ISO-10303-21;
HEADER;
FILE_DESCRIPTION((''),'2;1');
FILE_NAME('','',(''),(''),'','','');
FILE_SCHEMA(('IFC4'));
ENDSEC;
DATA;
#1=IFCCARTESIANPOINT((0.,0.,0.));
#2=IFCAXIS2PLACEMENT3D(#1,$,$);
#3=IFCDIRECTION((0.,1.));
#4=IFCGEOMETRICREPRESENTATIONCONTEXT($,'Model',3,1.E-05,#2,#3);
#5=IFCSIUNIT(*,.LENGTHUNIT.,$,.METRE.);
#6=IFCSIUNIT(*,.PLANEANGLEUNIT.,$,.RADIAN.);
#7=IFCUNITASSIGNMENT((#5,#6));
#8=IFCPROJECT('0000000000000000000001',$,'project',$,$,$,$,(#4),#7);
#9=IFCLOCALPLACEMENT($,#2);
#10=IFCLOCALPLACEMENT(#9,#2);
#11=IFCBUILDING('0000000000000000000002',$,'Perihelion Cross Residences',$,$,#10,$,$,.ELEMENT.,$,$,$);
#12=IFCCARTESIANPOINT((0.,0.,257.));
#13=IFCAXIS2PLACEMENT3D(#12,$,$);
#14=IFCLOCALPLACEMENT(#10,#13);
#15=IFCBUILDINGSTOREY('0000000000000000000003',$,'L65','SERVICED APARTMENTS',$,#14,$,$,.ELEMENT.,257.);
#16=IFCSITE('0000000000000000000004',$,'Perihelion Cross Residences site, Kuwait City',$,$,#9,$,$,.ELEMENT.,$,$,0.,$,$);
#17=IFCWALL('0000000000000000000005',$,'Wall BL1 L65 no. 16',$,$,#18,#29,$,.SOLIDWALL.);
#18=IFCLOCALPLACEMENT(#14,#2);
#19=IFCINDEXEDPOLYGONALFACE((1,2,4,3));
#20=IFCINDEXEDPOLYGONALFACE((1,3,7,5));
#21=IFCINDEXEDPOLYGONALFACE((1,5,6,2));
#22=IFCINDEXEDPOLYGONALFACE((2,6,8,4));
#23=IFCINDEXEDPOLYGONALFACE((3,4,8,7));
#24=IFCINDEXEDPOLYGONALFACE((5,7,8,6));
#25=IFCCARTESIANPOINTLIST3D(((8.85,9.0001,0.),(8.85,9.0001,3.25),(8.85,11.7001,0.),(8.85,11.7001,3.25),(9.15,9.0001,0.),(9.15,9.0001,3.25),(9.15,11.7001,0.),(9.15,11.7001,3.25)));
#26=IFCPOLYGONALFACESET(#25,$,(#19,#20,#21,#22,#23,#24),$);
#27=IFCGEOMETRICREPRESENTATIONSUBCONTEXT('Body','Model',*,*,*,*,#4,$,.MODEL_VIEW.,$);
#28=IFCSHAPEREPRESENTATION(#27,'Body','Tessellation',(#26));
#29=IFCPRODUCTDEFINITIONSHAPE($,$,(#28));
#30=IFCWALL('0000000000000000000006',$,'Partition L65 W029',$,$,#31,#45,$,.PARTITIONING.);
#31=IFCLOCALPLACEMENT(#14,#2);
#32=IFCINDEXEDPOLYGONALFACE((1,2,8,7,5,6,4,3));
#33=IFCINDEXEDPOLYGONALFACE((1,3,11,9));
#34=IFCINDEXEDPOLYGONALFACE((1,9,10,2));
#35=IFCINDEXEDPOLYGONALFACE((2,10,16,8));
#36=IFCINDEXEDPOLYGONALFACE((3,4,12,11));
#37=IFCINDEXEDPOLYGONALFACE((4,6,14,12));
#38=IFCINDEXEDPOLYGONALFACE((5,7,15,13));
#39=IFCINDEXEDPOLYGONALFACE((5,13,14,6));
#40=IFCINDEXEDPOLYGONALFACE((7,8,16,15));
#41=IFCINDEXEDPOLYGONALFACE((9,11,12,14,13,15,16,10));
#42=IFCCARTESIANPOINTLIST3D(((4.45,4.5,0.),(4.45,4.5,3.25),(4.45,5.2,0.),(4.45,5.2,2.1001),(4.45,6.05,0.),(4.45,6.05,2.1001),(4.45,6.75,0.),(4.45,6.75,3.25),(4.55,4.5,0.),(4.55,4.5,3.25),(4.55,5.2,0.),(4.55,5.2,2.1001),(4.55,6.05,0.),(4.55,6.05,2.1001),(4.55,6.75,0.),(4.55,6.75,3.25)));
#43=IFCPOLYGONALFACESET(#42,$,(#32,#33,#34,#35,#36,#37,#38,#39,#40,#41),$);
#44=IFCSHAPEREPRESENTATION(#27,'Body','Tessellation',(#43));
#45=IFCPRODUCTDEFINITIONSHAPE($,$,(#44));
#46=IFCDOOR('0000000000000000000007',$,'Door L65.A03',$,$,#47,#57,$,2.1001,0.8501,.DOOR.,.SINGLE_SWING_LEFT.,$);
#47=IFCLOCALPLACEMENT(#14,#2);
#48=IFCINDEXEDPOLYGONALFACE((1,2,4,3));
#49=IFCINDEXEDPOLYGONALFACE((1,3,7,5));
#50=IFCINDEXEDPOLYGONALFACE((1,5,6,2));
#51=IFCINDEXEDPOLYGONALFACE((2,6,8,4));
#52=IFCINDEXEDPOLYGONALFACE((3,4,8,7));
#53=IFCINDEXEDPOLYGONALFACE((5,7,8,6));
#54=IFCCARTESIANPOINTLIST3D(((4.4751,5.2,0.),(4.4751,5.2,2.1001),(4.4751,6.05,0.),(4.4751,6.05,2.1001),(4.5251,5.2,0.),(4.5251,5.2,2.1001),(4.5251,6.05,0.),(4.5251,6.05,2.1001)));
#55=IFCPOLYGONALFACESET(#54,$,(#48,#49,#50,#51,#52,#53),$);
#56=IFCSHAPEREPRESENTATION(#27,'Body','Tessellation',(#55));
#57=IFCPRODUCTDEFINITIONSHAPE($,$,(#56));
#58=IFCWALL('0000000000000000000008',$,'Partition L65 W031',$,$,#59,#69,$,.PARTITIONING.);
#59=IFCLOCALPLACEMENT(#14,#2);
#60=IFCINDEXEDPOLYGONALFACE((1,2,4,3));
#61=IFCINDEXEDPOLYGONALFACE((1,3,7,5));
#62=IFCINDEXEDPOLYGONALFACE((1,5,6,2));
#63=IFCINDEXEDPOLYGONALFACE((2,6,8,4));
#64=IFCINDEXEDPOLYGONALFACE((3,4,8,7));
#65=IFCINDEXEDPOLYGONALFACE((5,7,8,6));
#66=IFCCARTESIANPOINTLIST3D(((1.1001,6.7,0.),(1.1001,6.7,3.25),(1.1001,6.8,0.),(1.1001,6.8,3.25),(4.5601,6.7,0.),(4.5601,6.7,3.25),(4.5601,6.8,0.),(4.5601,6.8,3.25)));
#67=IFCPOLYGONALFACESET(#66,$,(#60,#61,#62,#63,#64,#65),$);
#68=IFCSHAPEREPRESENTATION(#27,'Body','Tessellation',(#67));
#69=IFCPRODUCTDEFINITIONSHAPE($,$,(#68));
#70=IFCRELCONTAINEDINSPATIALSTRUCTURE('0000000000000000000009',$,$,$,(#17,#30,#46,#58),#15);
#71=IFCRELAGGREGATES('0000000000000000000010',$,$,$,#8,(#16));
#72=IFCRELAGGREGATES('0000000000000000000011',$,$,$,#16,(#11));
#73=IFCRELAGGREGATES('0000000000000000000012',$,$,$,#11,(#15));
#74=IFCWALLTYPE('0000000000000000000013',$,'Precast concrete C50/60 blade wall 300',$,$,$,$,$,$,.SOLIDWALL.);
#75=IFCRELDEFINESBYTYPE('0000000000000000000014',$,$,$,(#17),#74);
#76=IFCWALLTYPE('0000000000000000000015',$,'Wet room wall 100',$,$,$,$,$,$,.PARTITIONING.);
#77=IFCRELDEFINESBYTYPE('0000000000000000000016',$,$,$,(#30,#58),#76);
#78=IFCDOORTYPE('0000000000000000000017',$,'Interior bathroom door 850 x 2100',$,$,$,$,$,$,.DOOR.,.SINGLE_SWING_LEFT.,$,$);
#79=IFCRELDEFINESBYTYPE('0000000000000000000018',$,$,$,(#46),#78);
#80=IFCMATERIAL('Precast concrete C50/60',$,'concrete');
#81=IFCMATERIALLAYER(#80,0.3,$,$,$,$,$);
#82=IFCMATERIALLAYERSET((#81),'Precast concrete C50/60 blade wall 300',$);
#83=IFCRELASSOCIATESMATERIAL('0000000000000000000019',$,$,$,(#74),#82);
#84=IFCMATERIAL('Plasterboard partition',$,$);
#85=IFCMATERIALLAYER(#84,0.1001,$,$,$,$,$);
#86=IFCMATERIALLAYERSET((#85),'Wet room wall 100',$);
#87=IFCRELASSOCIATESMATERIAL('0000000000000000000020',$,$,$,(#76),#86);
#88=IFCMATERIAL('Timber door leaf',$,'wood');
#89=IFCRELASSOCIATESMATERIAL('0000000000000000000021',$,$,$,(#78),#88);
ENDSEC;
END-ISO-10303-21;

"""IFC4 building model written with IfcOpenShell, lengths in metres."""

from ifc_helpers import new_model, si_unit, direction, frame, frame_2d, origin, place, context, subcontext, project, spatial, rectangle, extrude, material, layer, layer_set, type_object, element, fill, save


model = new_model("IFC4")

# Units and contexts
model_context = context("Model", 3, precision=1e-05, world=origin(), true_north=direction((0.0, 1.0)))
body_context = subcontext(model_context, "Body", "Model", "MODEL_VIEW")
ifc_project = project(units=[si_unit("LENGTHUNIT", "METRE"), si_unit("PLANEANGLEUNIT", "RADIAN")], contexts=[model_context])

# Site, building, storey
site_placement = place(None, origin())
site = spatial("IfcSite", under=ifc_project, at=site_placement, Name="Perihelion Cross Residences site, Kuwait City", CompositionType="ELEMENT", RefElevation=0.0)
building_placement = place(site_placement, origin())
building = spatial("IfcBuilding", under=site, at=building_placement, Name="Perihelion Cross Residences", CompositionType="ELEMENT")
storey_placement = place(building_placement, frame((0.0, 0.0, 257.0)))
storey = spatial("IfcBuildingStorey", under=building, at=storey_placement, Name="L65", Description="SERVICED APARTMENTS", CompositionType="ELEMENT", Elevation=257.0)

# Wall
ifc_material_1 = material(Name="Precast concrete C50/60", Category="concrete")
ifc_layer_1 = layer(ifc_material_1, 0.3)
ifc_layer_set_1 = layer_set([ifc_layer_1], Name="Precast concrete C50/60 blade wall 300")
wall_type_1 = type_object("IfcWallType", Name="Precast concrete C50/60 blade wall 300", PredefinedType="SOLIDWALL", material=ifc_layer_set_1)
for number, where, z_axis, x_axis, name in (
    (1, (9.0, 9.0, 0.0), (0.0, 0.0, 1.0), (0.0, 1.0, 0.0), "Wall BL1 L65 no. 16"),
):
    element("IfcWall", number, at=place(storey_placement, frame(where, z_axis=z_axis, x_axis=x_axis)), inside=storey, type_object=wall_type_1, Name=name, PredefinedType="SOLIDWALL", context=body_context, shape_type="SweptSolid", body=[
        extrude(rectangle(XDim=2.7, YDim=0.3, at=frame_2d((1.3501, 0.0))), origin(), (0.0, 0.0, 1.0), 3.25),
    ])

# Wall, opening, door
ifc_material_2 = material(Name="Plasterboard partition")
ifc_layer_2 = layer(ifc_material_2, 0.1001)
ifc_layer_set_2 = layer_set([ifc_layer_2], Name="Wet room wall 100")
wall_type_2 = type_object("IfcWallType", Name="Wet room wall 100", PredefinedType="PARTITIONING", material=ifc_layer_set_2)
wall_1_placement = place(storey_placement, frame((4.5, 4.5, 0.0), z_axis=(0.0, 0.0, 1.0), x_axis=(0.0, 1.0, 0.0)))
wall_1 = element("IfcWall", 2, at=wall_1_placement, inside=storey, type_object=wall_type_2, Name="Partition L65 W029", PredefinedType="PARTITIONING", context=body_context, shape_type="SweptSolid", body=[
    extrude(rectangle(XDim=2.25, YDim=0.1001, at=frame_2d((1.125, 0.0))), origin(), (0.0, 0.0, 1.0), 3.25),
])
opening_1_placement = place(wall_1_placement, frame((0.7, 0.0, 0.0)))
opening_1 = element("IfcOpeningElement", 3, at=opening_1_placement, cuts=wall_1, PredefinedType="OPENING", context=body_context, shape_type="SweptSolid", body=[
    extrude(rectangle(XDim=0.8501, YDim=2.1001, at=frame_2d((0.425, 1.05))), frame((0.0, 0.0601, 0.0), z_axis=(0.0, -1.0, 0.0), x_axis=(1.0, 0.0, 0.0)), (0.0, 0.0, 1.0), 0.1201),
])
ifc_material_3 = material(Name="Timber door leaf", Category="wood")
door_type_1 = type_object("IfcDoorType", Name="Interior bathroom door 850 x 2100", OperationType="SINGLE_SWING_LEFT", PredefinedType="DOOR", material=ifc_material_3)
door_1_placement = place(opening_1_placement, origin())
door_1 = element("IfcDoor", 4, at=door_1_placement, inside=storey, type_object=door_type_1, Name="Door L65.A03", OperationType="SINGLE_SWING_LEFT", OverallHeight=2.1001, OverallWidth=0.8501, PredefinedType="DOOR", context=body_context, shape_type="SweptSolid", body=[
    extrude(rectangle(XDim=0.8501, YDim=2.1001, at=frame_2d((0.425, 1.05))), frame((0.0, 0.0249, 0.0), z_axis=(0.0, -1.0, 0.0), x_axis=(1.0, 0.0, 0.0)), (0.0, 0.0, 1.0), 0.05),
])
fill(opening_1, door_1)

# Wall
wall_2_placement = place(storey_placement, frame((1.1001, 6.75, 0.0), z_axis=(0.0, 0.0, 1.0), x_axis=(1.0, 0.0, 0.0)))
element("IfcWall", 5, at=wall_2_placement, inside=storey, type_object=wall_type_2, Name="Partition L65 W031", PredefinedType="PARTITIONING", context=body_context, shape_type="SweptSolid", body=[
    extrude(rectangle(XDim=3.46, YDim=0.1001, at=frame_2d((1.73, 0.0))), origin(), (0.0, 0.0, 1.0), 3.25),
])

save(model, "model.ifc")
